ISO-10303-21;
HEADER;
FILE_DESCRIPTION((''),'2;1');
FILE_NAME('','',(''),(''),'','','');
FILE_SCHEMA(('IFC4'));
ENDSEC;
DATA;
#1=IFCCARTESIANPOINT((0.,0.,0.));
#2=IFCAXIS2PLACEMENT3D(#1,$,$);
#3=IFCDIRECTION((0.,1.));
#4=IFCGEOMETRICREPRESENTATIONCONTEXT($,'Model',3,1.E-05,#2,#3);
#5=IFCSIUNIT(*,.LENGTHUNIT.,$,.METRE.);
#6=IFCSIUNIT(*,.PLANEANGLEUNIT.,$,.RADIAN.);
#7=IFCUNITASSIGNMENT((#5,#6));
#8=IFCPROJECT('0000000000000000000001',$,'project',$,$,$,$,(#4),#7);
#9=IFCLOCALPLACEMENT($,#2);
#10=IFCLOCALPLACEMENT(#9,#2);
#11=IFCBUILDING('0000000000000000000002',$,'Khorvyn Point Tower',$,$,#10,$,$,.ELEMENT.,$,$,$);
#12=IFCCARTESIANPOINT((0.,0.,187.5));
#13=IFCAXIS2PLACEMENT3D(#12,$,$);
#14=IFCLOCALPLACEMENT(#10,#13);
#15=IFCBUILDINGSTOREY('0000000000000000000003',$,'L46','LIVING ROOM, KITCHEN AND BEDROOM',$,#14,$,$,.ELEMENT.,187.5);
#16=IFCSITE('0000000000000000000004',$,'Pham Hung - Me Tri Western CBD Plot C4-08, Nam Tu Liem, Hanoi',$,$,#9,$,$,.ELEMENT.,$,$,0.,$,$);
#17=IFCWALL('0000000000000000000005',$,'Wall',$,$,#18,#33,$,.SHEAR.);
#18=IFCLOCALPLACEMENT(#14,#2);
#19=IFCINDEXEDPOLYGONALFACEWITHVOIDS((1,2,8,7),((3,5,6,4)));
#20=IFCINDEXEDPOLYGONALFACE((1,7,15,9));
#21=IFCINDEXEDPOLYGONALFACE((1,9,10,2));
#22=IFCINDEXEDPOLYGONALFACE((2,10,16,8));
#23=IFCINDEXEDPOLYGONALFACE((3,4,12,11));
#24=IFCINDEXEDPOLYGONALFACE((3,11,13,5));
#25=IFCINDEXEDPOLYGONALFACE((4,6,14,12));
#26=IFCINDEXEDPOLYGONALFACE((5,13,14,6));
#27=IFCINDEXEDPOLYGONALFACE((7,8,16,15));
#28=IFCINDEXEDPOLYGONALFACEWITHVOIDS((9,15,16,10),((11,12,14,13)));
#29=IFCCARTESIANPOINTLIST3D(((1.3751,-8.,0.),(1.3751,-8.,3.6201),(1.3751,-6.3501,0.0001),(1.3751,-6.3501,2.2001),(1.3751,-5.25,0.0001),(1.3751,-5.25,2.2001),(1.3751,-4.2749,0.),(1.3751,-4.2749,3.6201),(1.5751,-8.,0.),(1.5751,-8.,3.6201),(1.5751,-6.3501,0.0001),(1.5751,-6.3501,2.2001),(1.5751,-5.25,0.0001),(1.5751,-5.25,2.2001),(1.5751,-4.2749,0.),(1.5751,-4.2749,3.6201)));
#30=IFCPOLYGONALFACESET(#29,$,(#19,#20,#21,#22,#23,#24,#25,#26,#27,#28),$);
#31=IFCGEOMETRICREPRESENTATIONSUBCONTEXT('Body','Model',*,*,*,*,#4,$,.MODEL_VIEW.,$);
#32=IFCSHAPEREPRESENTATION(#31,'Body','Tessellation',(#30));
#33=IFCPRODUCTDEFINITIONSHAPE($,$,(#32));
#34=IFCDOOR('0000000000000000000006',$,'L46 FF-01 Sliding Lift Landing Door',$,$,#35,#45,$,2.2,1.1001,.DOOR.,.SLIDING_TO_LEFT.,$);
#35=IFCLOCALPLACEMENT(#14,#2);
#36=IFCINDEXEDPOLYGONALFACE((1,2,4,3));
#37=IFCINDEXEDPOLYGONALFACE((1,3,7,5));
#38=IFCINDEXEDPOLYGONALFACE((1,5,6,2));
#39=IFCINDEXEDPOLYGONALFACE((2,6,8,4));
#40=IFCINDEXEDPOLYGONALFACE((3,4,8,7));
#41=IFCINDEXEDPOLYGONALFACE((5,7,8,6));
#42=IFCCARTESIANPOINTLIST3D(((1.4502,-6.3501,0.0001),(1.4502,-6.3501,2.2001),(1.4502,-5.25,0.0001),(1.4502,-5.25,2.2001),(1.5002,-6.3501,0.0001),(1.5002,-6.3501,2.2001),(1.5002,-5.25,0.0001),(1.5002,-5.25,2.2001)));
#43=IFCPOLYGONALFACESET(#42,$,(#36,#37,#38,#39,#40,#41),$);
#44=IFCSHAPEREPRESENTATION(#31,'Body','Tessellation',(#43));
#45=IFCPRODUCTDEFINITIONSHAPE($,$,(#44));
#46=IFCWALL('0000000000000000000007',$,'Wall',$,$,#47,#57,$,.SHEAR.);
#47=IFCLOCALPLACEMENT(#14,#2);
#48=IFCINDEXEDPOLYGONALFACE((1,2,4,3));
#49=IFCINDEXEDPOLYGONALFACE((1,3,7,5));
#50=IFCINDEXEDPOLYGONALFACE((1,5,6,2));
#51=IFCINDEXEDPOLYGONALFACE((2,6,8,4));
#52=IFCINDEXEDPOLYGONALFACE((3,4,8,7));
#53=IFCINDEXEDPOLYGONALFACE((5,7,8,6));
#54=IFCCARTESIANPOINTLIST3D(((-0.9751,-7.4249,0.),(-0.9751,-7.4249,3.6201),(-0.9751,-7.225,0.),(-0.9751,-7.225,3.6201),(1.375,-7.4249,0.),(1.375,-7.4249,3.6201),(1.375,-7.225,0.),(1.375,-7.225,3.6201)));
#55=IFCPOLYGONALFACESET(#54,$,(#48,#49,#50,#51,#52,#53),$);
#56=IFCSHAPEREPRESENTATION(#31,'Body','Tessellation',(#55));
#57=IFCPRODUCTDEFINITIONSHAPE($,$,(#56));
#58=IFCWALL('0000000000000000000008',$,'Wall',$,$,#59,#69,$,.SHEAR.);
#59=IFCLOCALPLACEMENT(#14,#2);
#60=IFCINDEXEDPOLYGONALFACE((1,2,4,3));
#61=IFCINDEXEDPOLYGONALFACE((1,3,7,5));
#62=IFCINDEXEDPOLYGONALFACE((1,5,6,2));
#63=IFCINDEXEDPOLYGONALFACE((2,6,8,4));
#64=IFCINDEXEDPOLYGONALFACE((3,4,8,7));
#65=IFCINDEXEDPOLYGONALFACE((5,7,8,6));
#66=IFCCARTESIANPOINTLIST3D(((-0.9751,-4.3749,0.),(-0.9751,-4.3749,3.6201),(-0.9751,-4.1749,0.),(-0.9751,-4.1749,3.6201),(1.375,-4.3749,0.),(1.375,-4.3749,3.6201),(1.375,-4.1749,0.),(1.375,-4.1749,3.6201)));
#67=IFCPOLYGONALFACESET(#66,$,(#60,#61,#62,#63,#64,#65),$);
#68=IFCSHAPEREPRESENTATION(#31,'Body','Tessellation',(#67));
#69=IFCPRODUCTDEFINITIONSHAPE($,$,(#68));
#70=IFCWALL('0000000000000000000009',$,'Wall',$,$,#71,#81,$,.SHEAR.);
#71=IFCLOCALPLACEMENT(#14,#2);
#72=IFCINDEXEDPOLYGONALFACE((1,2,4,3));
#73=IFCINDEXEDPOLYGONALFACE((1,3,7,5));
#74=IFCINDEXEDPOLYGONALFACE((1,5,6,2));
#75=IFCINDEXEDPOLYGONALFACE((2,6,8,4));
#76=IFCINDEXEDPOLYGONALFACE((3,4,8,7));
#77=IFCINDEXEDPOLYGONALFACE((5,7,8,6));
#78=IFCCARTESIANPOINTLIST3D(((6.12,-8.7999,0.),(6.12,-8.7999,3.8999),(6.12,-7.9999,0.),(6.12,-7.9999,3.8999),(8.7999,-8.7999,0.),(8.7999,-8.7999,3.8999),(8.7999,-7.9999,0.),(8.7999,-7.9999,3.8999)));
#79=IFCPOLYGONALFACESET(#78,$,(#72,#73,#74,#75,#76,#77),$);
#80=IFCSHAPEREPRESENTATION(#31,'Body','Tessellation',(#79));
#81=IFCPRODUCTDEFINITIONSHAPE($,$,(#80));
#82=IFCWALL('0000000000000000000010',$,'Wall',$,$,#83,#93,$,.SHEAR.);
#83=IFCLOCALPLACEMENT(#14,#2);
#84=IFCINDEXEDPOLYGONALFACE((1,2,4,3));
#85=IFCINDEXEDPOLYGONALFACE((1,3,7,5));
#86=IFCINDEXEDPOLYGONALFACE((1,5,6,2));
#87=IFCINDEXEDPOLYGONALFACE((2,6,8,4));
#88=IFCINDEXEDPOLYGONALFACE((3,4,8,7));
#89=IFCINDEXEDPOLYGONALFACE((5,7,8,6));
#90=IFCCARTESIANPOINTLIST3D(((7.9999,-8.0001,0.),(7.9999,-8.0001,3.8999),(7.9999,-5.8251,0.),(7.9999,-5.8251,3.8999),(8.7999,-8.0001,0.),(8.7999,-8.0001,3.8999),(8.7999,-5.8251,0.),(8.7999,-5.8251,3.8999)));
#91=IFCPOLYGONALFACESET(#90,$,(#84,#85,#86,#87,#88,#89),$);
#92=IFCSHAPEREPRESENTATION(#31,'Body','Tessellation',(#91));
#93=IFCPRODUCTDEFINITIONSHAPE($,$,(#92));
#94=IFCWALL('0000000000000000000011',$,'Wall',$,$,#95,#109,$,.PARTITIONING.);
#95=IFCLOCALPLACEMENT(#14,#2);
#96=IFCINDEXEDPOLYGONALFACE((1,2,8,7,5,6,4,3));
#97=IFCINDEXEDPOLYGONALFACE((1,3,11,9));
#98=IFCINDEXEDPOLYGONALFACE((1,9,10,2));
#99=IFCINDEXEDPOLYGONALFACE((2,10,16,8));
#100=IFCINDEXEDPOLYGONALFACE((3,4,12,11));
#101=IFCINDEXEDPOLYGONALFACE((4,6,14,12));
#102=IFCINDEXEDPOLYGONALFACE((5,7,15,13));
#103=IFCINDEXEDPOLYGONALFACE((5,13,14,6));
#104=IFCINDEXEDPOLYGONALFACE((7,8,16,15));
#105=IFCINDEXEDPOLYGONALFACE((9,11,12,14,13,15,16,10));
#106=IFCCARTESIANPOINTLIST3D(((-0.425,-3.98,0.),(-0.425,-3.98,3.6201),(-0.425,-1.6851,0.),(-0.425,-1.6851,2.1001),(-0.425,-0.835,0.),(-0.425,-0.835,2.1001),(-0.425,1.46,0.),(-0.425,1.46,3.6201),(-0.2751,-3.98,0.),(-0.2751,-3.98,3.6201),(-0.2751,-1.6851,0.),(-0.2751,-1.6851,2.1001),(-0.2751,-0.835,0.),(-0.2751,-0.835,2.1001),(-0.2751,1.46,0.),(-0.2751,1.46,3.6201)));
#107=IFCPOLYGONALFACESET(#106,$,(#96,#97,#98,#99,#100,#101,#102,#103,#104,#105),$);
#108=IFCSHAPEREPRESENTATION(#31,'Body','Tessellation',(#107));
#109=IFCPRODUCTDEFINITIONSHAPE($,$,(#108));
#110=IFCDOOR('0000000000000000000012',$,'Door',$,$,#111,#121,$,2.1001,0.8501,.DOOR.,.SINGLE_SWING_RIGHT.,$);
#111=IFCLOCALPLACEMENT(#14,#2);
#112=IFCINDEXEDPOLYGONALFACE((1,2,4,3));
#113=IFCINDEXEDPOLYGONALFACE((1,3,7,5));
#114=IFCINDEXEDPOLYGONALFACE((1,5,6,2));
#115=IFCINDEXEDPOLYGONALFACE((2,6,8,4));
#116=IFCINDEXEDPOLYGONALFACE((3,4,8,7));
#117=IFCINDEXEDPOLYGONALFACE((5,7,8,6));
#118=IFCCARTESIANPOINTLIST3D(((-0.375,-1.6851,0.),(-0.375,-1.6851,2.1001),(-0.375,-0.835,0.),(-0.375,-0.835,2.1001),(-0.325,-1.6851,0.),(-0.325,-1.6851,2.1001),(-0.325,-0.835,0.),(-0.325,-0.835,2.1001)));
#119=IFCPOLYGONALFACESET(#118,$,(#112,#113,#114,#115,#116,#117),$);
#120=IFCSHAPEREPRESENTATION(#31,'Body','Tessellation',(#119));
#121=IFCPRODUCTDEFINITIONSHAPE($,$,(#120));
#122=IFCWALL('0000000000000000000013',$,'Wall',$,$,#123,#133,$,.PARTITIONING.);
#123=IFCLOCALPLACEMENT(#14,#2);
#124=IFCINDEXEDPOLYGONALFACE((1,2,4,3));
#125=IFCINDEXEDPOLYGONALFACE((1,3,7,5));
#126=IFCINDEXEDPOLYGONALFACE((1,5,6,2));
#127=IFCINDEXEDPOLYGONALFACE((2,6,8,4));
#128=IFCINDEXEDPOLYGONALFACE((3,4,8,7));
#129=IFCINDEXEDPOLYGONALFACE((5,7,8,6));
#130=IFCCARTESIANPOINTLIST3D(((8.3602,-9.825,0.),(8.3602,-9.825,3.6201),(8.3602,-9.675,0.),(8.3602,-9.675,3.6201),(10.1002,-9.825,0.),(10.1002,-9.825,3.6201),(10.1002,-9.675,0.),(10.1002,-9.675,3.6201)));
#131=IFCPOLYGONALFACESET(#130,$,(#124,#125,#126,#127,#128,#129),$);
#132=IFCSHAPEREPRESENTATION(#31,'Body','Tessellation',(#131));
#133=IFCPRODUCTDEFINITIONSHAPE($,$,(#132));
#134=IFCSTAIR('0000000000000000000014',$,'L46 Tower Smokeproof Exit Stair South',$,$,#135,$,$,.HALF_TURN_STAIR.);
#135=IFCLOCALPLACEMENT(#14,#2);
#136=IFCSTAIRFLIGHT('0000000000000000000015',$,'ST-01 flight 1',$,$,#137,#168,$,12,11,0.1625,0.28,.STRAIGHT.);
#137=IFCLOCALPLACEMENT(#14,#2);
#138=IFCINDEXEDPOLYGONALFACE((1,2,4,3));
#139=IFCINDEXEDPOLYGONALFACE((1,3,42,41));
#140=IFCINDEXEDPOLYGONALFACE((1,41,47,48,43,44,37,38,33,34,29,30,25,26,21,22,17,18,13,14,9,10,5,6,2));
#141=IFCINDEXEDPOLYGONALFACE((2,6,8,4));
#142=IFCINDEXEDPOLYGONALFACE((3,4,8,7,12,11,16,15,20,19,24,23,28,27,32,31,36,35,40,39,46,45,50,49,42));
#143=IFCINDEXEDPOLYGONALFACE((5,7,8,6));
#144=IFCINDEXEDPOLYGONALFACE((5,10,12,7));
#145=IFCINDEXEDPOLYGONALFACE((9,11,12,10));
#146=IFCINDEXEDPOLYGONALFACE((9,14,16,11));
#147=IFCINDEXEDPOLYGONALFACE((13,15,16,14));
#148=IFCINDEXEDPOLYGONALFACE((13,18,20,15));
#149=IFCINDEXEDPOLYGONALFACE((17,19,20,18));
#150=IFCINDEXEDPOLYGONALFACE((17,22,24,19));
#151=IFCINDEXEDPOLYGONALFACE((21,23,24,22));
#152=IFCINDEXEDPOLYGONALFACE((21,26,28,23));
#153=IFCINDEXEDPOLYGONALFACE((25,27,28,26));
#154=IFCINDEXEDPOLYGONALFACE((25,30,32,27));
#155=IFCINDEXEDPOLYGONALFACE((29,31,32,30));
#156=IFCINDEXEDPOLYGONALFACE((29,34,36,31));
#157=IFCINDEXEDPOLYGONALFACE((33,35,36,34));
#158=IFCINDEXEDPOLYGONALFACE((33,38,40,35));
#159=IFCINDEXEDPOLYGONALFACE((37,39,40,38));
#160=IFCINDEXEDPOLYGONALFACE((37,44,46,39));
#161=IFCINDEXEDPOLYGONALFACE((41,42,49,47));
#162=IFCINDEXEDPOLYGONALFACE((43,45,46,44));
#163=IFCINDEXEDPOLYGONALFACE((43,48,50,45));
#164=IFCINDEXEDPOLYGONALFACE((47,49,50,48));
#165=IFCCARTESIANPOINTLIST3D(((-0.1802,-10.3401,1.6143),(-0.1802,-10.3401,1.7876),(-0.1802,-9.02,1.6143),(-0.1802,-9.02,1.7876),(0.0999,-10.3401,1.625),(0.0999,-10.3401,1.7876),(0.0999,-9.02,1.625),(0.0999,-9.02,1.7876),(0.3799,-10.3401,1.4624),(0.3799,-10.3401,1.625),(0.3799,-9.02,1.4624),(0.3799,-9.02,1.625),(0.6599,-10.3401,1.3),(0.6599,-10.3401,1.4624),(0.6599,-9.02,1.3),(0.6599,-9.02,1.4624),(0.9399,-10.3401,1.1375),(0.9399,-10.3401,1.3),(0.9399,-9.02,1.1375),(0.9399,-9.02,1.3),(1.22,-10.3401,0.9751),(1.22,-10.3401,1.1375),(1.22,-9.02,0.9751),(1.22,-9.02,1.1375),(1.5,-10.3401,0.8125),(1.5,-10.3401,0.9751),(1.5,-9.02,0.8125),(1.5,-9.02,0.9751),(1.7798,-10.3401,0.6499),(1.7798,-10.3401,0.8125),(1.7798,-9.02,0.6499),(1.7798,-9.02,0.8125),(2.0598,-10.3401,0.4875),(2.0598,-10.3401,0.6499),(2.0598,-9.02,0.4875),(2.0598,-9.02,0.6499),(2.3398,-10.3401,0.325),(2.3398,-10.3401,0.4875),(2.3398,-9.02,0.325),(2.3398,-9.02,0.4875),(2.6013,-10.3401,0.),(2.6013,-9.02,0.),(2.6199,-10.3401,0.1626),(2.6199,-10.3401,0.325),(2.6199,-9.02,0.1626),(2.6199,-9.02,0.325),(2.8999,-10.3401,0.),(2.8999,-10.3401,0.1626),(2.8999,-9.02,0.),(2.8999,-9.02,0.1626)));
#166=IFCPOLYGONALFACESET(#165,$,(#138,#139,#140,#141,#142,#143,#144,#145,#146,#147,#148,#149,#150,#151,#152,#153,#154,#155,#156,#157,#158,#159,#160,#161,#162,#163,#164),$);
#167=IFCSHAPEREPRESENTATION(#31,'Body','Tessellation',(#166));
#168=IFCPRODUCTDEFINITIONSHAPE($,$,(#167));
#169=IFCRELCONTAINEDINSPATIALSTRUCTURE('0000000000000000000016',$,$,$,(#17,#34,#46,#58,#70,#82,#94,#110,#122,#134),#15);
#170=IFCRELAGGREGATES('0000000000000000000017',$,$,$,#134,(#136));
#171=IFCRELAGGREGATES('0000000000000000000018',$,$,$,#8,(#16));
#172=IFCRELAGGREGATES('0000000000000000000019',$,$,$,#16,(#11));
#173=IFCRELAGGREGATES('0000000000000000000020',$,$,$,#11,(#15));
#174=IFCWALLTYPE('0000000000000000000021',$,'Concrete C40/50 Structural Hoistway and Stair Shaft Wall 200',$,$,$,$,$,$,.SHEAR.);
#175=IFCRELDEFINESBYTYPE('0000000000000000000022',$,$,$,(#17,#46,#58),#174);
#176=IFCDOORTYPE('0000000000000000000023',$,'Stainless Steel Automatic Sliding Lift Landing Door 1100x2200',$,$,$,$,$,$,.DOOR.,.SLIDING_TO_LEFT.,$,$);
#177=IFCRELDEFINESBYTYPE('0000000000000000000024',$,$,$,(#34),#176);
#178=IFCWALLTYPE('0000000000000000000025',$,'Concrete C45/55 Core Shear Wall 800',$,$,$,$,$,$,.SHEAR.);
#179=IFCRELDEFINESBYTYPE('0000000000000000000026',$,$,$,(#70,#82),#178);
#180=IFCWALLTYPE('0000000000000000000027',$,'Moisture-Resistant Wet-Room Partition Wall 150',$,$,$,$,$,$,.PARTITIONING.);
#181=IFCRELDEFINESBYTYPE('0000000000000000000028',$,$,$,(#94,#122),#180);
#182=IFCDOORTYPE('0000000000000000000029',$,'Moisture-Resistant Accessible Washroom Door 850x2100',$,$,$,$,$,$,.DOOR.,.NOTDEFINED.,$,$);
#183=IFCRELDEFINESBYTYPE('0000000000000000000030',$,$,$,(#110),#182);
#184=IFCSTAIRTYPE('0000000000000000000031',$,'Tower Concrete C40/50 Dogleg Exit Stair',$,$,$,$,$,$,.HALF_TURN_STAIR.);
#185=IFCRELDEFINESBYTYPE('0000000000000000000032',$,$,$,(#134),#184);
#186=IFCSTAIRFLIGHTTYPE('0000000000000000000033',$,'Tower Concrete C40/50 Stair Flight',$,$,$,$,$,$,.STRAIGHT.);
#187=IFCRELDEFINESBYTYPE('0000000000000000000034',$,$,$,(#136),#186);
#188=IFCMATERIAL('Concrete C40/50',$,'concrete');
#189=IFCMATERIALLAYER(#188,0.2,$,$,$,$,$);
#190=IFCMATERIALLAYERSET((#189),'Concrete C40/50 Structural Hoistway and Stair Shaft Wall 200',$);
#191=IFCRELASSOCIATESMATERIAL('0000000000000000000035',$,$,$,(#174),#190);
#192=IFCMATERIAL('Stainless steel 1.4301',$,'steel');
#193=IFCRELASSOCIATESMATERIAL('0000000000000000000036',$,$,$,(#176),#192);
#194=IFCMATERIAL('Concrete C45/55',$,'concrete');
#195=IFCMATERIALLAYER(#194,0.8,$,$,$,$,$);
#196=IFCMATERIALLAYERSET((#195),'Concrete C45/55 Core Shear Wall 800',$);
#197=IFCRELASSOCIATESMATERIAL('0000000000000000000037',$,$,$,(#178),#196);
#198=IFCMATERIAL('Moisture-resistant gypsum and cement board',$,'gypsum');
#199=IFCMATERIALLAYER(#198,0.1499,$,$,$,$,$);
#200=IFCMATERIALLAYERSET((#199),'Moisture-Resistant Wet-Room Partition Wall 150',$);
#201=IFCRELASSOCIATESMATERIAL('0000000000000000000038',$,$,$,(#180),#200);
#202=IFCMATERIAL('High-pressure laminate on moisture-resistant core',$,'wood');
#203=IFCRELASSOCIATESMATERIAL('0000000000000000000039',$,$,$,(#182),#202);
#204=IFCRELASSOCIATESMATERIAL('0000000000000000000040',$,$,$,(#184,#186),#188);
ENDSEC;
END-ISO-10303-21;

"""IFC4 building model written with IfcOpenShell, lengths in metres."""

from ifc_helpers import new_model, si_unit, direction, frame, frame_2d, origin, place, context, subcontext, project, spatial, polyline, rectangle, outline, extrude, material, layer, layer_set, type_object, element, fill, aggregate, save


model = new_model("IFC4")

# Units and contexts
model_context = context("Model", 3, precision=1e-05, world=origin(), true_north=direction((0.0, 1.0)))
body_context = subcontext(model_context, "Body", "Model", "MODEL_VIEW")
ifc_project = project(units=[si_unit("LENGTHUNIT", "METRE"), si_unit("PLANEANGLEUNIT", "RADIAN")], contexts=[model_context])

# Site, building, storey
site_placement = place(None, origin())
site = spatial("IfcSite", under=ifc_project, at=site_placement, Name="Pham Hung - Me Tri Western CBD Plot C4-08, Nam Tu Liem, Hanoi", CompositionType="ELEMENT", RefElevation=0.0)
building_placement = place(site_placement, origin())
building = spatial("IfcBuilding", under=site, at=building_placement, Name="Khorvyn Point Tower", CompositionType="ELEMENT")
storey_placement = place(building_placement, frame((0.0, 0.0, 187.5)))
storey = spatial("IfcBuildingStorey", under=building, at=storey_placement, Name="L46", Description="LIVING ROOM, KITCHEN AND BEDROOM", CompositionType="ELEMENT", Elevation=187.5)

# Shared definitions
ifc_material_1 = material(Name="Concrete C40/50", Category="concrete")

# Shared definitions
ifc_material_2 = material(Name="Concrete C45/55", Category="concrete")

# Shared definitions
ifc_layer_1 = layer(ifc_material_1, 0.2)
ifc_layer_set_1 = layer_set([ifc_layer_1], Name="Concrete C40/50 Structural Hoistway and Stair Shaft Wall 200")
wall_type_1 = type_object("IfcWallType", Name="Concrete C40/50 Structural Hoistway and Stair Shaft Wall 200", PredefinedType="SHEAR", material=ifc_layer_set_1)

# Wall, opening, door
wall_1_placement = place(storey_placement, frame((1.4751, -8.0, 0.0), z_axis=(0.0, 0.0, 1.0), x_axis=(0.0, 1.0, 0.0)))
wall_1 = element("IfcWall", 1, at=wall_1_placement, inside=storey, type_object=wall_type_1, Name="Wall", PredefinedType="SHEAR", context=body_context, shape_type="SweptSolid", body=[
    extrude(rectangle(XDim=3.7251, YDim=0.2, at=frame_2d((1.8625, 0.0))), origin(), (0.0, 0.0, 1.0), 3.6201),
])
opening_1_placement = place(wall_1_placement, frame((1.6499, 0.0, 0.0)))
opening_1 = element("IfcOpeningElement", 2, at=opening_1_placement, cuts=wall_1, PredefinedType="OPENING", context=body_context, shape_type="SweptSolid", body=[
    extrude(rectangle(XDim=1.1001, YDim=2.2, at=frame_2d((0.55, 1.1001))), frame((0.0, 0.1099, 0.0), z_axis=(0.0, -1.0, 0.0), x_axis=(1.0, 0.0, 0.0)), (0.0, 0.0, 1.0), 0.22),
])
ifc_material_3 = material(Name="Stainless steel 1.4301", Category="steel")
door_type_1 = type_object("IfcDoorType", Name="Stainless Steel Automatic Sliding Lift Landing Door 1100x2200", OperationType="SLIDING_TO_LEFT", PredefinedType="DOOR", material=ifc_material_3)
door_1_placement = place(opening_1_placement, origin())
door_1 = element("IfcDoor", 3, at=door_1_placement, inside=storey, type_object=door_type_1, Name="L46 FF-01 Sliding Lift Landing Door", OperationType="SLIDING_TO_LEFT", OverallHeight=2.2, OverallWidth=1.1001, PredefinedType="DOOR", context=body_context, shape_type="SweptSolid", body=[
    extrude(rectangle(XDim=1.1001, YDim=2.2, at=frame_2d((0.55, 1.1001))), frame((0.0, 0.0249, 0.0), z_axis=(0.0, -1.0, 0.0), x_axis=(1.0, 0.0, 0.0)), (0.0, 0.0, 1.0), 0.05),
])
fill(opening_1, door_1)

# Walls
for number, where, z_axis, x_axis, name in (
    (4, (-0.9751, -7.325, 0.0), (0.0, 0.0, 1.0), (1.0, 0.0, 0.0), "Wall"),
    (5, (-0.9751, -4.2749, 0.0), (0.0, 0.0, 1.0), (1.0, 0.0, 0.0), "Wall"),
):
    element("IfcWall", number, at=place(storey_placement, frame(where, z_axis=z_axis, x_axis=x_axis)), inside=storey, type_object=wall_type_1, Name=name, PredefinedType="SHEAR", context=body_context, shape_type="SweptSolid", body=[
        extrude(rectangle(XDim=2.3501, YDim=0.2, at=frame_2d((1.175, 0.0))), origin(), (0.0, 0.0, 1.0), 3.6201),
    ])
ifc_layer_2 = layer(ifc_material_2, 0.8)
ifc_layer_set_2 = layer_set([ifc_layer_2], Name="Concrete C45/55 Core Shear Wall 800")
wall_type_2 = type_object("IfcWallType", Name="Concrete C45/55 Core Shear Wall 800", PredefinedType="SHEAR", material=ifc_layer_set_2)
wall_2_placement = place(storey_placement, frame((6.1201, -8.3999, 0.0), z_axis=(0.0, 0.0, 1.0), x_axis=(1.0, 0.0, 0.0)))
element("IfcWall", 6, at=wall_2_placement, inside=storey, type_object=wall_type_2, Name="Wall", PredefinedType="SHEAR", context=body_context, shape_type="SweptSolid", body=[
    extrude(rectangle(XDim=2.6799, YDim=0.8, at=frame_2d((1.3398, 0.0))), origin(), (0.0, 0.0, 1.0), 3.8999),
])
wall_3_placement = place(storey_placement, frame((8.3999, -8.0, 0.0), z_axis=(0.0, 0.0, 1.0), x_axis=(0.0, 1.0, 0.0)))
element("IfcWall", 7, at=wall_3_placement, inside=storey, type_object=wall_type_2, Name="Wall", PredefinedType="SHEAR", context=body_context, shape_type="SweptSolid", body=[
    extrude(rectangle(XDim=2.175, YDim=0.8, at=frame_2d((1.0874, 0.0))), origin(), (0.0, 0.0, 1.0), 3.8999),
])

# Wall, opening, door
ifc_material_4 = material(Name="Moisture-resistant gypsum and cement board", Category="gypsum")
ifc_layer_3 = layer(ifc_material_4, 0.1499)
ifc_layer_set_3 = layer_set([ifc_layer_3], Name="Moisture-Resistant Wet-Room Partition Wall 150")
wall_type_3 = type_object("IfcWallType", Name="Moisture-Resistant Wet-Room Partition Wall 150", PredefinedType="PARTITIONING", material=ifc_layer_set_3)
wall_4_placement = place(storey_placement, frame((-0.3501, -3.98, 0.0), z_axis=(0.0, 0.0, 1.0), x_axis=(0.0, 1.0, 0.0)))
wall_4 = element("IfcWall", 8, at=wall_4_placement, inside=storey, type_object=wall_type_3, Name="Wall", PredefinedType="PARTITIONING", context=body_context, shape_type="SweptSolid", body=[
    extrude(rectangle(XDim=5.4399, YDim=0.1499, at=frame_2d((2.72, 0.0))), origin(), (0.0, 0.0, 1.0), 3.6201),
])
opening_2_placement = place(wall_4_placement, frame((2.2949, 0.0, 0.0)))
opening_2 = element("IfcOpeningElement", 9, at=opening_2_placement, cuts=wall_4, PredefinedType="OPENING", context=body_context, shape_type="SweptSolid", body=[
    extrude(rectangle(XDim=0.8501, YDim=2.1001, at=frame_2d((0.425, 1.05))), frame((0.0, 0.085, 0.0), z_axis=(0.0, -1.0, 0.0), x_axis=(1.0, 0.0, 0.0)), (0.0, 0.0, 1.0), 0.1699),
])
ifc_material_5 = material(Name="High-pressure laminate on moisture-resistant core", Category="wood")
door_type_2 = type_object("IfcDoorType", Name="Moisture-Resistant Accessible Washroom Door 850x2100", OperationType="NOTDEFINED", PredefinedType="DOOR", material=ifc_material_5)
door_2_placement = place(opening_2_placement, origin())
door_2 = element("IfcDoor", 10, at=door_2_placement, inside=storey, type_object=door_type_2, Name="Door", OperationType="SINGLE_SWING_RIGHT", OverallHeight=2.1001, OverallWidth=0.8501, PredefinedType="DOOR", context=body_context, shape_type="SweptSolid", body=[
    extrude(rectangle(XDim=0.8501, YDim=2.1001, at=frame_2d((0.425, 1.05))), frame((0.0, 0.0249, 0.0), z_axis=(0.0, -1.0, 0.0), x_axis=(1.0, 0.0, 0.0)), (0.0, 0.0, 1.0), 0.05),
])
fill(opening_2, door_2)

# Wall
wall_5_placement = place(storey_placement, frame((8.3601, -9.75, 0.0), z_axis=(0.0, 0.0, 1.0), x_axis=(1.0, 0.0, 0.0)))
element("IfcWall", 11, at=wall_5_placement, inside=storey, type_object=wall_type_3, Name="Wall", PredefinedType="PARTITIONING", context=body_context, shape_type="SweptSolid", body=[
    extrude(rectangle(XDim=1.74, YDim=0.1499, at=frame_2d((0.8701, 0.0))), origin(), (0.0, 0.0, 1.0), 3.6201),
])

# Stair, stair flight
stair_type = type_object("IfcStairType", Name="Tower Concrete C40/50 Dogleg Exit Stair", PredefinedType="HALF_TURN_STAIR", material=ifc_material_1)
stair_placement = place(storey_placement, origin())
stair = element("IfcStair", 12, at=stair_placement, inside=storey, type_object=stair_type, Name="L46 Tower Smokeproof Exit Stair South", PredefinedType="HALF_TURN_STAIR")
stair_flight_type = type_object("IfcStairFlightType", Name="Tower Concrete C40/50 Stair Flight", PredefinedType="STRAIGHT", material=ifc_material_1)
stair_flight_1_placement = place(storey_placement, frame((2.8999, -9.6799, 0.0), z_axis=(0.0, 0.0, 1.0), x_axis=(-1.0, 0.0, 0.0)))
stair_flight_1 = element("IfcStairFlight", 13, at=stair_flight_1_placement, type_object=stair_flight_type, Name="ST-01 flight 1", NumberOfRisers=12, NumberOfTreads=11, PredefinedType="STRAIGHT", RiserHeight=0.1625, TreadLength=0.28, context=body_context, shape_type="SweptSolid", body=[
    extrude(outline(polyline([(0.0, 0.0), (0.0, 0.1626), (0.28, 0.1626), (0.28, 0.325), (0.5601, 0.325), (0.5601, 0.4875), (0.8401, 0.4875), (0.8401, 0.6499), (1.1201, 0.6499), (1.1201, 0.8125), (1.3999, 0.8125), (1.3999, 0.9751), (1.6799, 0.9751), (1.6799, 1.1375), (1.96, 1.1375), (1.96, 1.3), (2.24, 1.3), (2.24, 1.4624), (2.52, 1.4624), (2.52, 1.625), (2.8, 1.625), (2.8, 1.7876), (3.0801, 1.7876), (3.0801, 1.95), (3.0801, 1.6143), (0.2986, 0.0), (0.0, 0.0)])), frame((0.0, 0.6602, 0.0), z_axis=(0.0, -1.0, 0.0), x_axis=(1.0, 0.0, 0.0)), (0.0, 0.0, 1.0), 1.3201),
])
aggregate(stair, [stair_flight_1])

save(model, "model.ifc")
